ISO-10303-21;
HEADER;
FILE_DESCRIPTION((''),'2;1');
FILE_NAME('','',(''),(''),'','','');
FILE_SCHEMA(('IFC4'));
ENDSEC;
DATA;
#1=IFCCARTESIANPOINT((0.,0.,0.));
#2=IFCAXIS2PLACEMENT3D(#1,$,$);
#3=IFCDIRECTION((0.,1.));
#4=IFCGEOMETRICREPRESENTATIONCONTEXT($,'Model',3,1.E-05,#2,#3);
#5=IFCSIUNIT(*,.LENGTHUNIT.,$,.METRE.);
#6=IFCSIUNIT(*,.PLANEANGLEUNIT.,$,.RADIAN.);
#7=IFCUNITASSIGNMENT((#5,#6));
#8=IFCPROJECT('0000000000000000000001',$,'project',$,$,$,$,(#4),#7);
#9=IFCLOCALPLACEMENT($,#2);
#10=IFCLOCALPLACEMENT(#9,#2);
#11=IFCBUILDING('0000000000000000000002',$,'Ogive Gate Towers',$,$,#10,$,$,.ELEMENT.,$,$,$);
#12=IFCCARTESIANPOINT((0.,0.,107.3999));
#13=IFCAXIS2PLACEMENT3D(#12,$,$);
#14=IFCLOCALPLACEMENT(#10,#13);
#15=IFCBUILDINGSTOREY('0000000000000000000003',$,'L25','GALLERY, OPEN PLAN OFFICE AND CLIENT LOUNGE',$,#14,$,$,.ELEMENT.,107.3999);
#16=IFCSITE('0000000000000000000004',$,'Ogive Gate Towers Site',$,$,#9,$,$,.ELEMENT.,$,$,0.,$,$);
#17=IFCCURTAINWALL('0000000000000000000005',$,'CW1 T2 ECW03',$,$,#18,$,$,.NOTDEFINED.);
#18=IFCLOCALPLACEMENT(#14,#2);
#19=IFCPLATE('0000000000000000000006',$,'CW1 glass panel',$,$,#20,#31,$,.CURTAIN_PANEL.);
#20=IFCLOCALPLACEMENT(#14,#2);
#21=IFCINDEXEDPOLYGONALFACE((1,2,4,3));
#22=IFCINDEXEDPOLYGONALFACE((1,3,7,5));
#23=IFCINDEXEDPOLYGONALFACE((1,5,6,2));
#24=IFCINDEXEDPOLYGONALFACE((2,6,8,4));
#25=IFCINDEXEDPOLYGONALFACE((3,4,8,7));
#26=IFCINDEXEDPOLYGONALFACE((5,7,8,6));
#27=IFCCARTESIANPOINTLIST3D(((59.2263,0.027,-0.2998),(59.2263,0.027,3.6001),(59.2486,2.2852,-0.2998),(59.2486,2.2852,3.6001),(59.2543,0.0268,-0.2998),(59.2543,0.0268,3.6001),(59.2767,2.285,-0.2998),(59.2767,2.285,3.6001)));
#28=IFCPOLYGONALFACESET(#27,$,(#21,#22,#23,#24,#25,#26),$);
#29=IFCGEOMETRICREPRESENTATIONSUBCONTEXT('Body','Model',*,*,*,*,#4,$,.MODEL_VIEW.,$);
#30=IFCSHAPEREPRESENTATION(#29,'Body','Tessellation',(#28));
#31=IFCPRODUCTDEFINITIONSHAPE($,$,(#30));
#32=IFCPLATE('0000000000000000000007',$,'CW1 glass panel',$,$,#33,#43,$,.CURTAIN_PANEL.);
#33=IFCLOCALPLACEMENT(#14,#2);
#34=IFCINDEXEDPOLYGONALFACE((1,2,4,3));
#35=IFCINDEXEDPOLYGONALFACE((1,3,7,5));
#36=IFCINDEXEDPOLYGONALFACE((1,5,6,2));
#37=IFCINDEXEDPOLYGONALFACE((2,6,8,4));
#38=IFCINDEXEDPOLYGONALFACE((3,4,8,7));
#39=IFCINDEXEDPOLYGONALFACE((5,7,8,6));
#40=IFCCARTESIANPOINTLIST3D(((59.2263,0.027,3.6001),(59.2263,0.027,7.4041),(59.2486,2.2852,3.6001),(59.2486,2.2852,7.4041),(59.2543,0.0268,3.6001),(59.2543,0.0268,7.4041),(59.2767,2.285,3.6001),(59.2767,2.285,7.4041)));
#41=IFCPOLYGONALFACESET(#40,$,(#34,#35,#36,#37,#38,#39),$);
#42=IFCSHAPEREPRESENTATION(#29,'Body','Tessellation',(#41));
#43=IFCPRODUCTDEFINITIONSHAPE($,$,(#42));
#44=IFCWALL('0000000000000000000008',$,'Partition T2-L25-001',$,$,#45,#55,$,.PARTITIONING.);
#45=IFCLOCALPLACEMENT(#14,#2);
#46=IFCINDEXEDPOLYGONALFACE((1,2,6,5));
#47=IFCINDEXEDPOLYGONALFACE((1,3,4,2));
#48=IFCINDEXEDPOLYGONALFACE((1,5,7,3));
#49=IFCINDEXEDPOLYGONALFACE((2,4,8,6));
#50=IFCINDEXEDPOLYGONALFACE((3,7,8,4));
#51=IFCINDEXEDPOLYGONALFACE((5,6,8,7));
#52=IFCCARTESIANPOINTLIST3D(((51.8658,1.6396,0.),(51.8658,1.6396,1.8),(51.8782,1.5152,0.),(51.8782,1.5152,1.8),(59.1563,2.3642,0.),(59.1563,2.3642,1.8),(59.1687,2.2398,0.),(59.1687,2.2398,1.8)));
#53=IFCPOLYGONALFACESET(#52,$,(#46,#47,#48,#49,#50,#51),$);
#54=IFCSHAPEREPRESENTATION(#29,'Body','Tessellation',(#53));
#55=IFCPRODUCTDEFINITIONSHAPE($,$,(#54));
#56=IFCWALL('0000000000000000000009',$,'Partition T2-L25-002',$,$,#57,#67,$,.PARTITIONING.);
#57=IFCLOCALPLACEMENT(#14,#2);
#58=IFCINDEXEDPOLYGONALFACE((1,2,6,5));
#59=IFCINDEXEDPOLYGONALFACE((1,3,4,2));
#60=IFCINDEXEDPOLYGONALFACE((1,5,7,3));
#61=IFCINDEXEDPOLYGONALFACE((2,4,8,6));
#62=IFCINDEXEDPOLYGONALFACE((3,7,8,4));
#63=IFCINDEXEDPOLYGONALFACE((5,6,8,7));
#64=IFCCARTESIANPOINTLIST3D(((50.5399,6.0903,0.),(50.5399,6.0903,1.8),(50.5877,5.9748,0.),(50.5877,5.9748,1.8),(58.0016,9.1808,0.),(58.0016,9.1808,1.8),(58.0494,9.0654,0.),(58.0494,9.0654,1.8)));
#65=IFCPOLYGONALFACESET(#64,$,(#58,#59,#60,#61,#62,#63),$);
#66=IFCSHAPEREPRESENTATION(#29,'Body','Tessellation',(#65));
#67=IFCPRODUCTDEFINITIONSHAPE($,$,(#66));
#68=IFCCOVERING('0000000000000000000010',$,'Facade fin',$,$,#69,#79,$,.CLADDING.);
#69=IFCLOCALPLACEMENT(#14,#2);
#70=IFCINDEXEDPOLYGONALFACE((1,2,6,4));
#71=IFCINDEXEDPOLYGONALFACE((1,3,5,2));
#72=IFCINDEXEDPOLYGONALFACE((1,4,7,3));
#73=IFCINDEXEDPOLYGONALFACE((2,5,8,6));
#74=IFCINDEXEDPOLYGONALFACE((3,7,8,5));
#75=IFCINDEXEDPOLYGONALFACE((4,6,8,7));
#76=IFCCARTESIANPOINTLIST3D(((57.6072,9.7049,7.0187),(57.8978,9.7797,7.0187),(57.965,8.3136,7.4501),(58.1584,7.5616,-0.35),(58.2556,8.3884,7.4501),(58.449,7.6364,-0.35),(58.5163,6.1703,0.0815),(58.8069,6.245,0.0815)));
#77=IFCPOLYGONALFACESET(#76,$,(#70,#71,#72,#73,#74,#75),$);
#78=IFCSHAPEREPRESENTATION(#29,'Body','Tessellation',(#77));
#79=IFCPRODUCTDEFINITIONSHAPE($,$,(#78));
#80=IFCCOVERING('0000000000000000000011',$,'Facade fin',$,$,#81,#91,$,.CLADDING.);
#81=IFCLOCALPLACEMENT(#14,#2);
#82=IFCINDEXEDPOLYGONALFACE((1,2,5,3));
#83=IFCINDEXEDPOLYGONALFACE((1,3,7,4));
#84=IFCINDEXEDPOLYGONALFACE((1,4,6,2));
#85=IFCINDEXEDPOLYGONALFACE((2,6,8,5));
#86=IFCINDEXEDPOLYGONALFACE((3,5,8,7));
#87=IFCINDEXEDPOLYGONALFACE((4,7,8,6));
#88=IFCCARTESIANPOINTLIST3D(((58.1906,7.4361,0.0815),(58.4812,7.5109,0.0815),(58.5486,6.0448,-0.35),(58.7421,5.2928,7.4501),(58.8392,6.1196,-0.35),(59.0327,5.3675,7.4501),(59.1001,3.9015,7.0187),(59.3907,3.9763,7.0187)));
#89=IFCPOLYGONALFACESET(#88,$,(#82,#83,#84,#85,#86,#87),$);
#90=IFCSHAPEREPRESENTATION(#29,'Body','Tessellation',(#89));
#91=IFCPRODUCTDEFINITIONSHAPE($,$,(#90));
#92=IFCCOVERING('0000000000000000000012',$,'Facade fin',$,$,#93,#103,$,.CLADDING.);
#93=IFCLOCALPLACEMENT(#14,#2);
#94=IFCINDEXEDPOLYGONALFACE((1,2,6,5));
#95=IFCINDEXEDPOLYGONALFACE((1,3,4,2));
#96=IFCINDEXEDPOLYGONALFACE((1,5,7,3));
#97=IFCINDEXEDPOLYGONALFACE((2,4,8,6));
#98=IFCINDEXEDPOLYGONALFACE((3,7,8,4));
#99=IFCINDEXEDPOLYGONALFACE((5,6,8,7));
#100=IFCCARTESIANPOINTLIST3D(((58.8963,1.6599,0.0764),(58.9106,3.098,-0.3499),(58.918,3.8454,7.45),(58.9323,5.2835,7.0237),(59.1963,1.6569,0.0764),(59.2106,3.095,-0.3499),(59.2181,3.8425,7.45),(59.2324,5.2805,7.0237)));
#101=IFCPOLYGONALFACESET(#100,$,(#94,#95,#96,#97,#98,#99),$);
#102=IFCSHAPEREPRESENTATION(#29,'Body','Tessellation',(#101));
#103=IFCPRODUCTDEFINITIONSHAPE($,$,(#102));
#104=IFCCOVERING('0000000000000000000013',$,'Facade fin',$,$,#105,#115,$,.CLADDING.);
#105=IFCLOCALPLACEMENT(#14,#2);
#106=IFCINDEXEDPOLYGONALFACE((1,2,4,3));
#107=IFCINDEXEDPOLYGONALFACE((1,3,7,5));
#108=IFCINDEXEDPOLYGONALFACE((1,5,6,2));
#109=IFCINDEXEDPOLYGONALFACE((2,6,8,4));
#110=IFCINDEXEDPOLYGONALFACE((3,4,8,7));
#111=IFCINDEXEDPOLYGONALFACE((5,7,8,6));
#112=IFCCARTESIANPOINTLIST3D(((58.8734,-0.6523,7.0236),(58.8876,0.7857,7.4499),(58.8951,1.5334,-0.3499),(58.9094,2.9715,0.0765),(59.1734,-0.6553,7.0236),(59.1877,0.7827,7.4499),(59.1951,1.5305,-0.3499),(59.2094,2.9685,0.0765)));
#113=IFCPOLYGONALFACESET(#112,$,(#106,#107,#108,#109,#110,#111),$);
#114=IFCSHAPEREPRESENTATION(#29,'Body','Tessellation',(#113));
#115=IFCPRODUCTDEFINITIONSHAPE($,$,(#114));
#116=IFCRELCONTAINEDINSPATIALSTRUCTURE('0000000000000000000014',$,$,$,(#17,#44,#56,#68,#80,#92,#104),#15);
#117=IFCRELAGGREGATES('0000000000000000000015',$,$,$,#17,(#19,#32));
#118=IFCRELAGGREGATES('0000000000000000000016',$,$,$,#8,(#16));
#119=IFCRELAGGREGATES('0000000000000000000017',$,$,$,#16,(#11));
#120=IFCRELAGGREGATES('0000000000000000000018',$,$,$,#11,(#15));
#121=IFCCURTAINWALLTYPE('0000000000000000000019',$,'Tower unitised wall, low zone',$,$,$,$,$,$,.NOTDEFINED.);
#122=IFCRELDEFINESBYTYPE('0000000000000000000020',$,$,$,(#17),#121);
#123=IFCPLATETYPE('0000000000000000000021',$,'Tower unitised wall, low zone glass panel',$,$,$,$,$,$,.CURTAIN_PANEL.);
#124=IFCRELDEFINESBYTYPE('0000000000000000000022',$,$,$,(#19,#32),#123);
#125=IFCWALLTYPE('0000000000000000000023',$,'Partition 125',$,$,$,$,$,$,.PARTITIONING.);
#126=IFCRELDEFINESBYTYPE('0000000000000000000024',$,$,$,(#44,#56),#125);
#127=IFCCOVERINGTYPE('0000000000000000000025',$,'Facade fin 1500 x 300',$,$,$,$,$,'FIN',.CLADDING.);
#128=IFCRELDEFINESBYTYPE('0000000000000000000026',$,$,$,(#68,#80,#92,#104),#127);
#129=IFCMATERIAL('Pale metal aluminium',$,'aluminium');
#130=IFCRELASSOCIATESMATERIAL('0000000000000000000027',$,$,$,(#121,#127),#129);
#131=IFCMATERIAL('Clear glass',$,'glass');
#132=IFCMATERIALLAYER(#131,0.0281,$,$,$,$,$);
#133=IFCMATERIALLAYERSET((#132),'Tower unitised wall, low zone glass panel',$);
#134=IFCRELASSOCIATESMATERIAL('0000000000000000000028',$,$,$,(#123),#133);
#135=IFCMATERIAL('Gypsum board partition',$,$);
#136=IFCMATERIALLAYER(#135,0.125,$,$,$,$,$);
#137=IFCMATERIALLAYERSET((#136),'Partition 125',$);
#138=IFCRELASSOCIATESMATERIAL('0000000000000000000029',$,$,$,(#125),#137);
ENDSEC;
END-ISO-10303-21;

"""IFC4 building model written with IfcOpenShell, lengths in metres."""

from ifc_helpers import new_model, si_unit, direction, frame, frame_2d, origin, origin_2d, place, context, subcontext, project, spatial, rectangle, extrude, material, layer, layer_set, material_profile, profile_set, type_object, element, aggregate, save


model = new_model("IFC4")

# Units and contexts
model_context = context("Model", 3, precision=1e-05, world=origin(), true_north=direction((0.0, 1.0)))
body_context = subcontext(model_context, "Body", "Model", "MODEL_VIEW")
ifc_project = project(units=[si_unit("LENGTHUNIT", "METRE"), si_unit("PLANEANGLEUNIT", "RADIAN")], contexts=[model_context])

# Site, building, storey
site_placement = place(None, origin())
site = spatial("IfcSite", under=ifc_project, at=site_placement, Name="Ogive Gate Towers Site", CompositionType="ELEMENT", RefElevation=0.0)
building_placement = place(site_placement, origin())
building = spatial("IfcBuilding", under=site, at=building_placement, Name="Ogive Gate Towers", CompositionType="ELEMENT")
storey_placement = place(building_placement, frame((0.0, 0.0, 107.3999)))
storey = spatial("IfcBuildingStorey", under=building, at=storey_placement, Name="L25", Description="GALLERY, OPEN PLAN OFFICE AND CLIENT LOUNGE", CompositionType="ELEMENT", Elevation=107.3999)

# Curtain wall, plates
ifc_material_1 = material(Name="Pale metal aluminium", Category="aluminium")
curtain_wall_type = type_object("IfcCurtainWallType", Name="Tower unitised wall, low zone", PredefinedType="NOTDEFINED", material=ifc_material_1)
curtain_wall_placement = place(storey_placement, origin())
curtain_wall = element("IfcCurtainWall", 1, at=curtain_wall_placement, inside=storey, type_object=curtain_wall_type, Name="CW1 T2 ECW03", PredefinedType="NOTDEFINED")
ifc_material_2 = material(Name="Clear glass", Category="glass")
ifc_layer_1 = layer(ifc_material_2, 0.0281)
ifc_layer_set_1 = layer_set([ifc_layer_1], Name="Tower unitised wall, low zone glass panel")
plate_type = type_object("IfcPlateType", Name="Tower unitised wall, low zone glass panel", PredefinedType="CURTAIN_PANEL", material=ifc_layer_set_1)
plate_1_placement = place(storey_placement, frame((59.2515, 1.156, -0.2998), z_axis=(0.0, 0.0, 1.0), x_axis=(-0.009896, -0.999951, 0.0)))
plate_1 = element("IfcPlate", 2, at=plate_1_placement, type_object=plate_type, Name="CW1 glass panel", PredefinedType="CURTAIN_PANEL", context=body_context, shape_type="SweptSolid", body=[
    extrude(rectangle(XDim=2.2583, YDim=0.0281, at=origin_2d()), origin(), (0.0, 0.0, 1.0), 3.8999),
])
plate_2_placement = place(storey_placement, frame((59.2515, 1.156, 3.6001), z_axis=(0.0, 0.0, 1.0), x_axis=(-0.009896, -0.999951, 0.0)))
plate_2 = element("IfcPlate", 3, at=plate_2_placement, type_object=plate_type, Name="CW1 glass panel", PredefinedType="CURTAIN_PANEL", context=body_context, shape_type="SweptSolid", body=[
    extrude(rectangle(XDim=2.2583, YDim=0.0281, at=origin_2d()), origin(), (0.0, 0.0, 1.0), 3.804),
])
aggregate(curtain_wall, [plate_1, plate_2])

# Walls
ifc_material_3 = material(Name="Gypsum board partition")
ifc_layer_2 = layer(ifc_material_3, 0.125)
ifc_layer_set_2 = layer_set([ifc_layer_2], Name="Partition 125")
wall_type = type_object("IfcWallType", Name="Partition 125", PredefinedType="PARTITIONING", material=ifc_layer_set_2)
wall_1_placement = place(storey_placement, frame((59.1624, 2.302, 0.0), z_axis=(0.0, 0.0, 1.0), x_axis=(-0.995097, -0.098903, 0.0)))
element("IfcWall", 4, at=wall_1_placement, inside=storey, type_object=wall_type, Name="Partition T2-L25-001", PredefinedType="PARTITIONING", context=body_context, shape_type="SweptSolid", body=[
    extrude(rectangle(XDim=7.3264, YDim=0.125, at=frame_2d((3.6631, 0.0))), origin(), (0.0, 0.0, 1.0), 1.8),
])
wall_2_placement = place(storey_placement, frame((58.0254, 9.123, 0.0), z_axis=(0.0, 0.0, 1.0), x_axis=(-0.923886, -0.382668, 0.0)))
element("IfcWall", 5, at=wall_2_placement, inside=storey, type_object=wall_type, Name="Partition T2-L25-002", PredefinedType="PARTITIONING", context=body_context, shape_type="SweptSolid", body=[
    extrude(rectangle(XDim=8.0764, YDim=0.125, at=frame_2d((4.0381, 0.0))), origin(), (0.0, 0.0, 1.0), 1.8),
])

# Coverings
ifc_material_profile_1 = material_profile(ifc_material_1, rectangle(XDim=0.3, YDim=1.5, at=origin_2d()), Name="1500 x 300 pale metal aluminium")
ifc_profile_set_1 = profile_set([ifc_material_profile_1], Name="Pale metal aluminium")
covering_type = type_object("IfcCoveringType", Name="Facade fin 1500 x 300", ElementType="FIN", PredefinedType="CLADDING", material=ifc_profile_set_1)
for number, where, z_axis, x_axis, name in (
    (6, (58.4827, 6.9033, -0.1343), (-0.071651, 0.278576, 0.957738), (-0.968478, -0.249097, 0.0), "Facade fin"),
    (7, (58.5149, 6.7778, -0.1343), (0.071683, -0.278575, 0.957736), (0.968452, 0.249201, 0.0), "Facade fin"),
):
    element("IfcCovering", number, at=place(storey_placement, frame(where, z_axis=z_axis, x_axis=x_axis)), inside=storey, type_object=covering_type, Name=name, PredefinedType="CLADDING", context=body_context, shape_type="SweptSolid", body=[
        extrude(rectangle(XDim=0.3, YDim=1.5, at=origin_2d()), origin(), (0.0, 0.0, 1.0), 7.6938),
    ])
for number, where, z_axis, x_axis, name in (
    (8, (59.0535, 2.3774, -0.1367), (0.002825, 0.284182, 0.958766), (-0.999951, 0.009941, 0.0), "Facade fin"),
    (9, (59.0522, 2.251, -0.1367), (-0.002825, -0.284211, 0.958757), (0.999951, -0.00994, 0.0), "Facade fin"),
):
    element("IfcCovering", number, at=place(storey_placement, frame(where, z_axis=z_axis, x_axis=x_axis)), inside=storey, type_object=covering_type, Name=name, PredefinedType="CLADDING", context=body_context, shape_type="SweptSolid", body=[
        extrude(rectangle(XDim=0.3, YDim=1.5, at=origin_2d()), origin(), (0.0, 0.0, 1.0), 7.6907),
    ])

save(model, "model.ifc")
